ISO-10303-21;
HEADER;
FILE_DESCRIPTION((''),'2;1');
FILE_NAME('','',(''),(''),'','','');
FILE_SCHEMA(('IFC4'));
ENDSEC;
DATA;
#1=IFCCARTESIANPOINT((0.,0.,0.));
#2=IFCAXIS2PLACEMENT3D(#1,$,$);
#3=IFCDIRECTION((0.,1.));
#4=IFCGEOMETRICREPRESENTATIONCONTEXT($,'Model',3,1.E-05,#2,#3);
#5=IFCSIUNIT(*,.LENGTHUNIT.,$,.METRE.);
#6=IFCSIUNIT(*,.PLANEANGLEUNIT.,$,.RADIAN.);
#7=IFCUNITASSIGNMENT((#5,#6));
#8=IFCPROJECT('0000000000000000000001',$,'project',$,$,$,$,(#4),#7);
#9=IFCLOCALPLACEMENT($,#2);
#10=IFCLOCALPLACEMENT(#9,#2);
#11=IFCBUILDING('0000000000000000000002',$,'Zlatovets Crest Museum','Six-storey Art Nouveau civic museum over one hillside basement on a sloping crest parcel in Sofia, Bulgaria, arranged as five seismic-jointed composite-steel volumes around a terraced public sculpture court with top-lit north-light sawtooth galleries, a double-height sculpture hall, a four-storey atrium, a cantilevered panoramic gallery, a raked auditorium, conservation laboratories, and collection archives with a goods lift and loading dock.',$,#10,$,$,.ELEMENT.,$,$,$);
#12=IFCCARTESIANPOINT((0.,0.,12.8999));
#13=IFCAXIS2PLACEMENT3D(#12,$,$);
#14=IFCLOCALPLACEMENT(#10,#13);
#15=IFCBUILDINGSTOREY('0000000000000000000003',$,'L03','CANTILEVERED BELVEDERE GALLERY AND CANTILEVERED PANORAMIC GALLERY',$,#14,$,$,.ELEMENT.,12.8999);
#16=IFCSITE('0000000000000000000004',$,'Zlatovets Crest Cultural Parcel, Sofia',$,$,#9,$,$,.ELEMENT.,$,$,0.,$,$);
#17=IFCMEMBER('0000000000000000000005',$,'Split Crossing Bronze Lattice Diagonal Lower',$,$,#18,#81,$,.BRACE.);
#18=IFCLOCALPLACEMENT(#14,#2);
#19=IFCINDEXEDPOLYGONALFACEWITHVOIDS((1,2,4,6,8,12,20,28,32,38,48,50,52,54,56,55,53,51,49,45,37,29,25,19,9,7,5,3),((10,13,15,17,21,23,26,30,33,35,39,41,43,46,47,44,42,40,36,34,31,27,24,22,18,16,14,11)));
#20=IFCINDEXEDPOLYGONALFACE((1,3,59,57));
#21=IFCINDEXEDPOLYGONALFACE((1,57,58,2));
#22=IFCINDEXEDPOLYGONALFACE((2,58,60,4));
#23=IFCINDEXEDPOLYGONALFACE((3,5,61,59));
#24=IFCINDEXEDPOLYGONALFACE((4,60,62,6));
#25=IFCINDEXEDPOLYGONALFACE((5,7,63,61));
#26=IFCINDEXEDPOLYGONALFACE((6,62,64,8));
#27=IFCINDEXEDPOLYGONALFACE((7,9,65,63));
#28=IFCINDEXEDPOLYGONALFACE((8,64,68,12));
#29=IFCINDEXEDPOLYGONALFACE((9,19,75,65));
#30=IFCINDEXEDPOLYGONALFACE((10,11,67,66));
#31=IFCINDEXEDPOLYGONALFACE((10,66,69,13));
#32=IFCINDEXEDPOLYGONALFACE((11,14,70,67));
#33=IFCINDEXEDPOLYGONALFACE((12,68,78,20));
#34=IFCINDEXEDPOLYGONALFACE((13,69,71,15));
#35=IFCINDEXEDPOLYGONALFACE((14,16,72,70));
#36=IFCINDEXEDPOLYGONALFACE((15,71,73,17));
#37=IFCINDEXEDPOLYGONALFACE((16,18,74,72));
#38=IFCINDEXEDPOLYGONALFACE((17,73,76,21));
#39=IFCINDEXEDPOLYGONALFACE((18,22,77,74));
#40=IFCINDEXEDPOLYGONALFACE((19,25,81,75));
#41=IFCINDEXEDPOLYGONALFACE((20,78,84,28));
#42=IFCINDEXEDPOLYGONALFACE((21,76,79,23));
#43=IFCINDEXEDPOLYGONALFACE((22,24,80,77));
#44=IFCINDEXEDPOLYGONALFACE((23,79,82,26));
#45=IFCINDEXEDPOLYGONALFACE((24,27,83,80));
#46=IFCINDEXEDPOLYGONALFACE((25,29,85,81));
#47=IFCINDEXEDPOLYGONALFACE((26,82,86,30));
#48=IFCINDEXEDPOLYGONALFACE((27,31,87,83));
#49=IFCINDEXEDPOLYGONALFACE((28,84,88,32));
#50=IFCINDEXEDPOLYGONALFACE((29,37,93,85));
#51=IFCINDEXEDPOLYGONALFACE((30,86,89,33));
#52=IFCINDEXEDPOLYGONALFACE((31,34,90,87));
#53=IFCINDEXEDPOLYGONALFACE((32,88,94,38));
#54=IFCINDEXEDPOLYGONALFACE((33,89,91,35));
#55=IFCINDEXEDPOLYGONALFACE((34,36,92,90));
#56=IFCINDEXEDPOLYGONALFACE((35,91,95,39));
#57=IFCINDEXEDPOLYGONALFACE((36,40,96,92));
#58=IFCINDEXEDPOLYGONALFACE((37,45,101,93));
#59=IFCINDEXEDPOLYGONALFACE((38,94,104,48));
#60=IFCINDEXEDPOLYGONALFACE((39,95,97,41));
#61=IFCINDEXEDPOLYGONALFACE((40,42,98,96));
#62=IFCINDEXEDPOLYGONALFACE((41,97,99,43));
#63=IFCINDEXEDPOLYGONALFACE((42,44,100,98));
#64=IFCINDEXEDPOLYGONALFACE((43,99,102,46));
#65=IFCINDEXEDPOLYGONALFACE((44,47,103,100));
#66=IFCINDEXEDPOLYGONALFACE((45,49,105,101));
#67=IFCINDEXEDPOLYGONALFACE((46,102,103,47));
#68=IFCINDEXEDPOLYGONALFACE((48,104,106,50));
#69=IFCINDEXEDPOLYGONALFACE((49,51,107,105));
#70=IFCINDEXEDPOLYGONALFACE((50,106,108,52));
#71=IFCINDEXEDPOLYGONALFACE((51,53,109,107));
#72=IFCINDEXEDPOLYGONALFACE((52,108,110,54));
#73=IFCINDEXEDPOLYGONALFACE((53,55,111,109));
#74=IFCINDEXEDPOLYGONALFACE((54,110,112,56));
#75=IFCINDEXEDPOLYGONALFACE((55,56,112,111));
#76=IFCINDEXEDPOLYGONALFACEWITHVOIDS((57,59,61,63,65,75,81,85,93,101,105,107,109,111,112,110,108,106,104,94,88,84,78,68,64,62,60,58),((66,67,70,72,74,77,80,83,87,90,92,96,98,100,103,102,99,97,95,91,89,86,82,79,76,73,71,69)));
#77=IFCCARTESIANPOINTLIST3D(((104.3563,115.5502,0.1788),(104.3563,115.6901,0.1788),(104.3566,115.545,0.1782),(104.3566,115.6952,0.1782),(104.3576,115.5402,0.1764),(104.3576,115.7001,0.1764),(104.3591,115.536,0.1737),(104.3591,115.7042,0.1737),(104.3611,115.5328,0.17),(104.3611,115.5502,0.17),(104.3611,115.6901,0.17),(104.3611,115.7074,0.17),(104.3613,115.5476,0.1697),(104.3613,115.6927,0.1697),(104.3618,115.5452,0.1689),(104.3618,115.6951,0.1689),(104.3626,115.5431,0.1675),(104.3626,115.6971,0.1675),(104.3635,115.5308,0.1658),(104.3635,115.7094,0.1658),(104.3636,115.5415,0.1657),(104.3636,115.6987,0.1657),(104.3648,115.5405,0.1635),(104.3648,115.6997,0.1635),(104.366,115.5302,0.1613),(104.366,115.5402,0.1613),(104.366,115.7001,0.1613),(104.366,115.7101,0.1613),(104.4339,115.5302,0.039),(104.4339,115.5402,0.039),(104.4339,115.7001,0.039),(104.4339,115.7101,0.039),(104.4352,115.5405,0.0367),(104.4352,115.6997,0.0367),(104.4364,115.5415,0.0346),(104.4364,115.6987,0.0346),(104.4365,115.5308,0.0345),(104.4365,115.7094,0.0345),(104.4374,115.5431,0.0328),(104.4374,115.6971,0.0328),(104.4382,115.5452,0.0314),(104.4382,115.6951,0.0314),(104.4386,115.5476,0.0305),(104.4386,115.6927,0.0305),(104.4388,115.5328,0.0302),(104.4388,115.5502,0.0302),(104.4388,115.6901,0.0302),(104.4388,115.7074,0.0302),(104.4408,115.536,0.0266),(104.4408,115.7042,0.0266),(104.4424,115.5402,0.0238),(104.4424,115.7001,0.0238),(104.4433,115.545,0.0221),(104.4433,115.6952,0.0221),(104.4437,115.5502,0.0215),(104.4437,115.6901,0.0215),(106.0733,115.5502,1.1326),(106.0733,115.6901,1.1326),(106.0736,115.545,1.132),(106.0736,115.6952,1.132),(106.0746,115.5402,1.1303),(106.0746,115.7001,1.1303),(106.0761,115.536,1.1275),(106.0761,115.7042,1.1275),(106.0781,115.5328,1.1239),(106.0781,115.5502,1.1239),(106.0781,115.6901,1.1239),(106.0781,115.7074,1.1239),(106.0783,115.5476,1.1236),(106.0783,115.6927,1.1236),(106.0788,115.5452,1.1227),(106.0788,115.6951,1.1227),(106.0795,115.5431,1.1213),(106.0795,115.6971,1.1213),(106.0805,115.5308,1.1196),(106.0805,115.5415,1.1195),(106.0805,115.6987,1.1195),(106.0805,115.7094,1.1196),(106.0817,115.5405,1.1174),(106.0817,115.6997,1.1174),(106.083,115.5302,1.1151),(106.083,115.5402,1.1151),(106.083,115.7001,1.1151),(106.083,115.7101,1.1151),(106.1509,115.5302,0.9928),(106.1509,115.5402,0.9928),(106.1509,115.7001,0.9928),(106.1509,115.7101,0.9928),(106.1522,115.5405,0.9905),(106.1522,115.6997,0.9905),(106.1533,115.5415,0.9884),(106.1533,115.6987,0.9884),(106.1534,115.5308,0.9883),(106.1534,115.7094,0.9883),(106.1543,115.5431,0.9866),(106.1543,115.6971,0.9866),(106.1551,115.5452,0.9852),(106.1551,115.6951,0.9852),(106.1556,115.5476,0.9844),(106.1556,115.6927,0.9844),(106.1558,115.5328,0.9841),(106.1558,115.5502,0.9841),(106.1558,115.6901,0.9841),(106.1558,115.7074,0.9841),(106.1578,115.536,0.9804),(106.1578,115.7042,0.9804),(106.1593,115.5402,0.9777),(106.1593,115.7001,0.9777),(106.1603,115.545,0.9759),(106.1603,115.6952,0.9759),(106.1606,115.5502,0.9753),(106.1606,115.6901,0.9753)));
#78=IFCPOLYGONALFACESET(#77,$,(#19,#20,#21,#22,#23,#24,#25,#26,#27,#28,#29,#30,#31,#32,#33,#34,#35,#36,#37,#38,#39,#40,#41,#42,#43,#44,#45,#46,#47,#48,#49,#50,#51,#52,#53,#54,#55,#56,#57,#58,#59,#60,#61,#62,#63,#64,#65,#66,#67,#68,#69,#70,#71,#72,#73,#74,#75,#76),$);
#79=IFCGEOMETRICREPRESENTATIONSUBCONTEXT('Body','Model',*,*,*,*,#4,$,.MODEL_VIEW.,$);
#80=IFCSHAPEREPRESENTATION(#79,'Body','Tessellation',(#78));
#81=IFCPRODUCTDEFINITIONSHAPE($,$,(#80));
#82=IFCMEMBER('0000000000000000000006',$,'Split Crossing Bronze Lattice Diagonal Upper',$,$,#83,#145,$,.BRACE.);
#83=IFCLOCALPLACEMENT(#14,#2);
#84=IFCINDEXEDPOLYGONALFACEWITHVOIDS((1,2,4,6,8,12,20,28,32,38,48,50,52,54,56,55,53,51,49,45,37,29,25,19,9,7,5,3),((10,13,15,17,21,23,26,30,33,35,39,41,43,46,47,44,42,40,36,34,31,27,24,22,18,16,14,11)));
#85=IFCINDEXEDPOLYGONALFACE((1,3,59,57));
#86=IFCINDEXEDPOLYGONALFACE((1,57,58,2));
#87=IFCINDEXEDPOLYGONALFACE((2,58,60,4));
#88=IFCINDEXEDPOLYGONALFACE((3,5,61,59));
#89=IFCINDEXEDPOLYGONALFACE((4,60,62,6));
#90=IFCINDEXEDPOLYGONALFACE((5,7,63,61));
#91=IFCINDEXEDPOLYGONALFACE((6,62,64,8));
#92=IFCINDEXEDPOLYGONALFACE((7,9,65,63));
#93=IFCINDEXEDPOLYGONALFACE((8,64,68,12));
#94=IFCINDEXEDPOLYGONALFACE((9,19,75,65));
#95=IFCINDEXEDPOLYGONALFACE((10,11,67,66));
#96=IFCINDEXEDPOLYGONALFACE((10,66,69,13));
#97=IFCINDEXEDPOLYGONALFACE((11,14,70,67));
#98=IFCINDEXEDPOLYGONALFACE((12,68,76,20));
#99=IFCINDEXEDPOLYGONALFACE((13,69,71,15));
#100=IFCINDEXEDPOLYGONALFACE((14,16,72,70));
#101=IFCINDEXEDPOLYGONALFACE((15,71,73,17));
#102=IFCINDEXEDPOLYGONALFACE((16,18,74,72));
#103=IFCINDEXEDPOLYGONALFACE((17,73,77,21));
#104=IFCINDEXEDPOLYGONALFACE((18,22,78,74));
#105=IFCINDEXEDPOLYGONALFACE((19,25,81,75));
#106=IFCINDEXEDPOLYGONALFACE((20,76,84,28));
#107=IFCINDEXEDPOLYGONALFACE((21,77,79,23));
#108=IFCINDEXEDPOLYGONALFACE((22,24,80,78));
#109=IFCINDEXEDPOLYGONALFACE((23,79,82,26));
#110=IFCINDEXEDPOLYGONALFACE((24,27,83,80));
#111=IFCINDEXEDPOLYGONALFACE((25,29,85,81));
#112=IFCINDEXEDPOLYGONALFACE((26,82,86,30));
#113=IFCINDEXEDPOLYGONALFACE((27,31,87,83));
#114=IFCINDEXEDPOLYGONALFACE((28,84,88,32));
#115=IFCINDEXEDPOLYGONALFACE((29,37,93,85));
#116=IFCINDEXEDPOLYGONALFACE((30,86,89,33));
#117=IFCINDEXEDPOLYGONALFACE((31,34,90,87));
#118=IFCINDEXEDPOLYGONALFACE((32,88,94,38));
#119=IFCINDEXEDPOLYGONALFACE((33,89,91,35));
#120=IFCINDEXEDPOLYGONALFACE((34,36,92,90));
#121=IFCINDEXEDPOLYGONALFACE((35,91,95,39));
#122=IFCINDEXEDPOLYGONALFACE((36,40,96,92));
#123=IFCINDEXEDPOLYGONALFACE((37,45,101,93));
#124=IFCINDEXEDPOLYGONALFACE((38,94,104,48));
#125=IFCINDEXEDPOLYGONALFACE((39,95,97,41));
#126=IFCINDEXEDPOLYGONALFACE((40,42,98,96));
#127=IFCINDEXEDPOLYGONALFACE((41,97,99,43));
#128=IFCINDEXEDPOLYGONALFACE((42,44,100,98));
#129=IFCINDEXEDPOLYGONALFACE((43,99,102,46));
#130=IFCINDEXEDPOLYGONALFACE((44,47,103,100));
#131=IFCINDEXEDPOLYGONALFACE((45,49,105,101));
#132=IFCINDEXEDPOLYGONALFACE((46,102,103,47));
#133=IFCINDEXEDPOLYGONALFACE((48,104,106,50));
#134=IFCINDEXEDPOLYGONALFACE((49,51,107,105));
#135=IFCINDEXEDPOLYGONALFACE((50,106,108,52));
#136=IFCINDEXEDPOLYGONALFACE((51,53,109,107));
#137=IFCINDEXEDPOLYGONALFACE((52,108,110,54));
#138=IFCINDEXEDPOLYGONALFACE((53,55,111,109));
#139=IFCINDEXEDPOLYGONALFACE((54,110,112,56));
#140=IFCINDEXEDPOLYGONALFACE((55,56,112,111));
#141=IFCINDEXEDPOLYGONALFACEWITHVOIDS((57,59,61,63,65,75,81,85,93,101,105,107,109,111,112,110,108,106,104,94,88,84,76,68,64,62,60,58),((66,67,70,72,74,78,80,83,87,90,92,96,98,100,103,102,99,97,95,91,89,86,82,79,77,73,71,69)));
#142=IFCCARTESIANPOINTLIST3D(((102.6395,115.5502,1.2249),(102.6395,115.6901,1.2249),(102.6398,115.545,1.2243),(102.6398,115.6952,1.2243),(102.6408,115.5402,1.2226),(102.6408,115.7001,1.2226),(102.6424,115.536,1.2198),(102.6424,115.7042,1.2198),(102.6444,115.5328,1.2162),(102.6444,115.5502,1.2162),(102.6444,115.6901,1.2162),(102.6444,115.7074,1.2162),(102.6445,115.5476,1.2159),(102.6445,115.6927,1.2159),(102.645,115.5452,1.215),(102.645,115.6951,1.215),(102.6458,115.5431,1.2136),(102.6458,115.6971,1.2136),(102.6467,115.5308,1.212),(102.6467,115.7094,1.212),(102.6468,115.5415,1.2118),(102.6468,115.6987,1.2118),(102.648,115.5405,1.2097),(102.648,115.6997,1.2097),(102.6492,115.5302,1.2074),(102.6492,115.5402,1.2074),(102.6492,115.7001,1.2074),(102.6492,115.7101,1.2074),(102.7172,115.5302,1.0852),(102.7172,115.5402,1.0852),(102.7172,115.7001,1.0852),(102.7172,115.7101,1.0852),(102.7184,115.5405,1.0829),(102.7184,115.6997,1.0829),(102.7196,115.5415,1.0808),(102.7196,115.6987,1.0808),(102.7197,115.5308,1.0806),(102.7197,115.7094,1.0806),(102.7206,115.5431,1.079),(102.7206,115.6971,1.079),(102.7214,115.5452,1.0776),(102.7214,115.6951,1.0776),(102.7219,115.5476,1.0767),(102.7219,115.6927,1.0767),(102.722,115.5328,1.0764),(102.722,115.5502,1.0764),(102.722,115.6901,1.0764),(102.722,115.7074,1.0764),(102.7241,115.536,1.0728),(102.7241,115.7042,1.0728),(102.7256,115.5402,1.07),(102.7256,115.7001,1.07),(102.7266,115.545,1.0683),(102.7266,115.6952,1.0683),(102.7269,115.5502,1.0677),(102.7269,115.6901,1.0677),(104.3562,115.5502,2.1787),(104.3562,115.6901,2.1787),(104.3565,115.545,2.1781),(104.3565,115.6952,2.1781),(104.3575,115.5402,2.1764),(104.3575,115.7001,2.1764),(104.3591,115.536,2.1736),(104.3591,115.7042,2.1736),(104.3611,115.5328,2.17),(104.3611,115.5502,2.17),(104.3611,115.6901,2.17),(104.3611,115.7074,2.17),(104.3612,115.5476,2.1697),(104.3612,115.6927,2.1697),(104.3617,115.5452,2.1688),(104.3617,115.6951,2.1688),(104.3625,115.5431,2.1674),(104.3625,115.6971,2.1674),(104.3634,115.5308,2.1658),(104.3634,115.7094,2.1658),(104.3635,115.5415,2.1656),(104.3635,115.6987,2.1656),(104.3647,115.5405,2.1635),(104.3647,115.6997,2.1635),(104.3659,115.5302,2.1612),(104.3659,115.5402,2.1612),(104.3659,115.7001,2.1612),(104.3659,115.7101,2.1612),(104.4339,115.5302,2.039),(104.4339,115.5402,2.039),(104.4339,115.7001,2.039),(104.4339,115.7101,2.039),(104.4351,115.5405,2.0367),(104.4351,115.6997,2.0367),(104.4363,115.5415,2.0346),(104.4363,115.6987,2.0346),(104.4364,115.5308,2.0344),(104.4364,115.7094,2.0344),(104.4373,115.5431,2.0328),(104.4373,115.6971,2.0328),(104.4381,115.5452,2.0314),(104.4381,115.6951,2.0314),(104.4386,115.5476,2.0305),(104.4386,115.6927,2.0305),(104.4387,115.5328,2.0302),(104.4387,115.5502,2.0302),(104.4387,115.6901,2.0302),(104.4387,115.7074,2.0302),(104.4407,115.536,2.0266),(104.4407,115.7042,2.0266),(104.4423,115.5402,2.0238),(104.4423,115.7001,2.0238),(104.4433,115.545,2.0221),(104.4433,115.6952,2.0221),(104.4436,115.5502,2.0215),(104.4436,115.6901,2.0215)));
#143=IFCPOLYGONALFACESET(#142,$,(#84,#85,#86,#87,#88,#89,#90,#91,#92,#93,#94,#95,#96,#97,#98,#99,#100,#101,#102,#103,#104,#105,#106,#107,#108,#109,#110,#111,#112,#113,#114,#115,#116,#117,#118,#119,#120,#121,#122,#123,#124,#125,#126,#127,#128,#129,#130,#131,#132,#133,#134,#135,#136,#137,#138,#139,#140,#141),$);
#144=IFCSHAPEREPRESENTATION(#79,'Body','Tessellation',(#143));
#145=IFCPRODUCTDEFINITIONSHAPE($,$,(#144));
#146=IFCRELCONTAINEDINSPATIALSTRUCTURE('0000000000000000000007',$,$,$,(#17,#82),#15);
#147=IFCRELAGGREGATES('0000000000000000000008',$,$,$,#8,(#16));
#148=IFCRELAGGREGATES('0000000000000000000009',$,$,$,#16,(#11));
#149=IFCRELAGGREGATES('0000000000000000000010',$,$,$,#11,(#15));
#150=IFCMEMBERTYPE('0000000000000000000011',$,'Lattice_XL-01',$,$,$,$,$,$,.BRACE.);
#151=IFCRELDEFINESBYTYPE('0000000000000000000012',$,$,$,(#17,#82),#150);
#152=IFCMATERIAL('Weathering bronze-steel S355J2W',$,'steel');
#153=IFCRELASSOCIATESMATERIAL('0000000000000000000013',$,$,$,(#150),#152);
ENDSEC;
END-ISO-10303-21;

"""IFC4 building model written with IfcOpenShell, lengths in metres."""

from ifc_helpers import new_model, si_unit, direction, frame, origin, origin_2d, place, context, subcontext, project, spatial, hollow_rectangle, extrude, material, material_profile, profile_set, type_object, element, save


model = new_model("IFC4")

# Units and contexts
model_context = context("Model", 3, precision=1e-05, world=origin(), true_north=direction((0.0, 1.0)))
body_context = subcontext(model_context, "Body", "Model", "MODEL_VIEW")
ifc_project = project(units=[si_unit("LENGTHUNIT", "METRE"), si_unit("PLANEANGLEUNIT", "RADIAN")], contexts=[model_context])

# Site, building, storey
site_placement = place(None, origin())
site = spatial("IfcSite", under=ifc_project, at=site_placement, Name="Zlatovets Crest Cultural Parcel, Sofia", CompositionType="ELEMENT", RefElevation=0.0)
building_placement = place(site_placement, origin())
building = spatial("IfcBuilding", under=site, at=building_placement, Name="Zlatovets Crest Museum", Description="Six-storey Art Nouveau civic museum over one hillside basement on a sloping crest parcel in Sofia, Bulgaria, arranged as five seismic-jointed composite-steel volumes around a terraced public sculpture court with top-lit north-light sawtooth galleries, a double-height sculpture hall, a four-storey atrium, a cantilevered panoramic gallery, a raked auditorium, conservation laboratories, and collection archives with a goods lift and loading dock.", CompositionType="ELEMENT")
storey_placement = place(building_placement, frame((0.0, 0.0, 12.8999)))
storey = spatial("IfcBuildingStorey", under=building, at=storey_placement, Name="L03", Description="CANTILEVERED BELVEDERE GALLERY AND CANTILEVERED PANORAMIC GALLERY", CompositionType="ELEMENT", Elevation=12.8999)

# Members
ifc_material_1 = material(Name="Weathering bronze-steel S355J2W", Category="steel")
ifc_material_profile_1 = material_profile(ifc_material_1, hollow_rectangle(XDim=0.1799, YDim=0.1799, WallThickness=0.01, InnerFilletRadius=0.01, OuterFilletRadius=0.02, at=origin_2d()), Name="SHS 180x180x10.0")
ifc_profile_set_1 = profile_set([ifc_material_profile_1], Name="Weathering bronze-steel S355J2W")
member_type_1 = type_object("IfcMemberType", Name="Lattice_XL-01", PredefinedType="BRACE", material=ifc_profile_set_1)
for number, where, z_axis, x_axis, name in (
    (1, (106.1169, 115.6201, 1.054), (-0.874169, 0.0, -0.485622), (0.0, -1.0, 0.0), "Split Crossing Bronze Lattice Diagonal Lower"),
):
    element("IfcMember", number, at=place(storey_placement, frame(where, z_axis=z_axis, x_axis=x_axis)), inside=storey, type_object=member_type_1, Name=name, PredefinedType="BRACE", context=body_context, shape_type="SweptSolid", body=[
        extrude(hollow_rectangle(XDim=0.1799, YDim=0.1799, WallThickness=0.01, InnerFilletRadius=0.01, OuterFilletRadius=0.02, at=origin_2d()), origin(), (0.0, 0.0, 1.0), 1.9641),
    ])
member_1_placement = place(storey_placement, frame((104.3999, 115.6201, 2.1001), z_axis=(-0.87414, 0.0, -0.485675), x_axis=(0.0, -1.0, 0.0)))
element("IfcMember", 2, at=member_1_placement, inside=storey, type_object=member_type_1, Name="Split Crossing Bronze Lattice Diagonal Upper", PredefinedType="BRACE", context=body_context, shape_type="SweptSolid", body=[
    extrude(hollow_rectangle(XDim=0.1799, YDim=0.1799, WallThickness=0.01, InnerFilletRadius=0.01, OuterFilletRadius=0.02, at=origin_2d()), origin(), (0.0, 0.0, 1.0), 1.9639),
])

save(model, "model.ifc")
